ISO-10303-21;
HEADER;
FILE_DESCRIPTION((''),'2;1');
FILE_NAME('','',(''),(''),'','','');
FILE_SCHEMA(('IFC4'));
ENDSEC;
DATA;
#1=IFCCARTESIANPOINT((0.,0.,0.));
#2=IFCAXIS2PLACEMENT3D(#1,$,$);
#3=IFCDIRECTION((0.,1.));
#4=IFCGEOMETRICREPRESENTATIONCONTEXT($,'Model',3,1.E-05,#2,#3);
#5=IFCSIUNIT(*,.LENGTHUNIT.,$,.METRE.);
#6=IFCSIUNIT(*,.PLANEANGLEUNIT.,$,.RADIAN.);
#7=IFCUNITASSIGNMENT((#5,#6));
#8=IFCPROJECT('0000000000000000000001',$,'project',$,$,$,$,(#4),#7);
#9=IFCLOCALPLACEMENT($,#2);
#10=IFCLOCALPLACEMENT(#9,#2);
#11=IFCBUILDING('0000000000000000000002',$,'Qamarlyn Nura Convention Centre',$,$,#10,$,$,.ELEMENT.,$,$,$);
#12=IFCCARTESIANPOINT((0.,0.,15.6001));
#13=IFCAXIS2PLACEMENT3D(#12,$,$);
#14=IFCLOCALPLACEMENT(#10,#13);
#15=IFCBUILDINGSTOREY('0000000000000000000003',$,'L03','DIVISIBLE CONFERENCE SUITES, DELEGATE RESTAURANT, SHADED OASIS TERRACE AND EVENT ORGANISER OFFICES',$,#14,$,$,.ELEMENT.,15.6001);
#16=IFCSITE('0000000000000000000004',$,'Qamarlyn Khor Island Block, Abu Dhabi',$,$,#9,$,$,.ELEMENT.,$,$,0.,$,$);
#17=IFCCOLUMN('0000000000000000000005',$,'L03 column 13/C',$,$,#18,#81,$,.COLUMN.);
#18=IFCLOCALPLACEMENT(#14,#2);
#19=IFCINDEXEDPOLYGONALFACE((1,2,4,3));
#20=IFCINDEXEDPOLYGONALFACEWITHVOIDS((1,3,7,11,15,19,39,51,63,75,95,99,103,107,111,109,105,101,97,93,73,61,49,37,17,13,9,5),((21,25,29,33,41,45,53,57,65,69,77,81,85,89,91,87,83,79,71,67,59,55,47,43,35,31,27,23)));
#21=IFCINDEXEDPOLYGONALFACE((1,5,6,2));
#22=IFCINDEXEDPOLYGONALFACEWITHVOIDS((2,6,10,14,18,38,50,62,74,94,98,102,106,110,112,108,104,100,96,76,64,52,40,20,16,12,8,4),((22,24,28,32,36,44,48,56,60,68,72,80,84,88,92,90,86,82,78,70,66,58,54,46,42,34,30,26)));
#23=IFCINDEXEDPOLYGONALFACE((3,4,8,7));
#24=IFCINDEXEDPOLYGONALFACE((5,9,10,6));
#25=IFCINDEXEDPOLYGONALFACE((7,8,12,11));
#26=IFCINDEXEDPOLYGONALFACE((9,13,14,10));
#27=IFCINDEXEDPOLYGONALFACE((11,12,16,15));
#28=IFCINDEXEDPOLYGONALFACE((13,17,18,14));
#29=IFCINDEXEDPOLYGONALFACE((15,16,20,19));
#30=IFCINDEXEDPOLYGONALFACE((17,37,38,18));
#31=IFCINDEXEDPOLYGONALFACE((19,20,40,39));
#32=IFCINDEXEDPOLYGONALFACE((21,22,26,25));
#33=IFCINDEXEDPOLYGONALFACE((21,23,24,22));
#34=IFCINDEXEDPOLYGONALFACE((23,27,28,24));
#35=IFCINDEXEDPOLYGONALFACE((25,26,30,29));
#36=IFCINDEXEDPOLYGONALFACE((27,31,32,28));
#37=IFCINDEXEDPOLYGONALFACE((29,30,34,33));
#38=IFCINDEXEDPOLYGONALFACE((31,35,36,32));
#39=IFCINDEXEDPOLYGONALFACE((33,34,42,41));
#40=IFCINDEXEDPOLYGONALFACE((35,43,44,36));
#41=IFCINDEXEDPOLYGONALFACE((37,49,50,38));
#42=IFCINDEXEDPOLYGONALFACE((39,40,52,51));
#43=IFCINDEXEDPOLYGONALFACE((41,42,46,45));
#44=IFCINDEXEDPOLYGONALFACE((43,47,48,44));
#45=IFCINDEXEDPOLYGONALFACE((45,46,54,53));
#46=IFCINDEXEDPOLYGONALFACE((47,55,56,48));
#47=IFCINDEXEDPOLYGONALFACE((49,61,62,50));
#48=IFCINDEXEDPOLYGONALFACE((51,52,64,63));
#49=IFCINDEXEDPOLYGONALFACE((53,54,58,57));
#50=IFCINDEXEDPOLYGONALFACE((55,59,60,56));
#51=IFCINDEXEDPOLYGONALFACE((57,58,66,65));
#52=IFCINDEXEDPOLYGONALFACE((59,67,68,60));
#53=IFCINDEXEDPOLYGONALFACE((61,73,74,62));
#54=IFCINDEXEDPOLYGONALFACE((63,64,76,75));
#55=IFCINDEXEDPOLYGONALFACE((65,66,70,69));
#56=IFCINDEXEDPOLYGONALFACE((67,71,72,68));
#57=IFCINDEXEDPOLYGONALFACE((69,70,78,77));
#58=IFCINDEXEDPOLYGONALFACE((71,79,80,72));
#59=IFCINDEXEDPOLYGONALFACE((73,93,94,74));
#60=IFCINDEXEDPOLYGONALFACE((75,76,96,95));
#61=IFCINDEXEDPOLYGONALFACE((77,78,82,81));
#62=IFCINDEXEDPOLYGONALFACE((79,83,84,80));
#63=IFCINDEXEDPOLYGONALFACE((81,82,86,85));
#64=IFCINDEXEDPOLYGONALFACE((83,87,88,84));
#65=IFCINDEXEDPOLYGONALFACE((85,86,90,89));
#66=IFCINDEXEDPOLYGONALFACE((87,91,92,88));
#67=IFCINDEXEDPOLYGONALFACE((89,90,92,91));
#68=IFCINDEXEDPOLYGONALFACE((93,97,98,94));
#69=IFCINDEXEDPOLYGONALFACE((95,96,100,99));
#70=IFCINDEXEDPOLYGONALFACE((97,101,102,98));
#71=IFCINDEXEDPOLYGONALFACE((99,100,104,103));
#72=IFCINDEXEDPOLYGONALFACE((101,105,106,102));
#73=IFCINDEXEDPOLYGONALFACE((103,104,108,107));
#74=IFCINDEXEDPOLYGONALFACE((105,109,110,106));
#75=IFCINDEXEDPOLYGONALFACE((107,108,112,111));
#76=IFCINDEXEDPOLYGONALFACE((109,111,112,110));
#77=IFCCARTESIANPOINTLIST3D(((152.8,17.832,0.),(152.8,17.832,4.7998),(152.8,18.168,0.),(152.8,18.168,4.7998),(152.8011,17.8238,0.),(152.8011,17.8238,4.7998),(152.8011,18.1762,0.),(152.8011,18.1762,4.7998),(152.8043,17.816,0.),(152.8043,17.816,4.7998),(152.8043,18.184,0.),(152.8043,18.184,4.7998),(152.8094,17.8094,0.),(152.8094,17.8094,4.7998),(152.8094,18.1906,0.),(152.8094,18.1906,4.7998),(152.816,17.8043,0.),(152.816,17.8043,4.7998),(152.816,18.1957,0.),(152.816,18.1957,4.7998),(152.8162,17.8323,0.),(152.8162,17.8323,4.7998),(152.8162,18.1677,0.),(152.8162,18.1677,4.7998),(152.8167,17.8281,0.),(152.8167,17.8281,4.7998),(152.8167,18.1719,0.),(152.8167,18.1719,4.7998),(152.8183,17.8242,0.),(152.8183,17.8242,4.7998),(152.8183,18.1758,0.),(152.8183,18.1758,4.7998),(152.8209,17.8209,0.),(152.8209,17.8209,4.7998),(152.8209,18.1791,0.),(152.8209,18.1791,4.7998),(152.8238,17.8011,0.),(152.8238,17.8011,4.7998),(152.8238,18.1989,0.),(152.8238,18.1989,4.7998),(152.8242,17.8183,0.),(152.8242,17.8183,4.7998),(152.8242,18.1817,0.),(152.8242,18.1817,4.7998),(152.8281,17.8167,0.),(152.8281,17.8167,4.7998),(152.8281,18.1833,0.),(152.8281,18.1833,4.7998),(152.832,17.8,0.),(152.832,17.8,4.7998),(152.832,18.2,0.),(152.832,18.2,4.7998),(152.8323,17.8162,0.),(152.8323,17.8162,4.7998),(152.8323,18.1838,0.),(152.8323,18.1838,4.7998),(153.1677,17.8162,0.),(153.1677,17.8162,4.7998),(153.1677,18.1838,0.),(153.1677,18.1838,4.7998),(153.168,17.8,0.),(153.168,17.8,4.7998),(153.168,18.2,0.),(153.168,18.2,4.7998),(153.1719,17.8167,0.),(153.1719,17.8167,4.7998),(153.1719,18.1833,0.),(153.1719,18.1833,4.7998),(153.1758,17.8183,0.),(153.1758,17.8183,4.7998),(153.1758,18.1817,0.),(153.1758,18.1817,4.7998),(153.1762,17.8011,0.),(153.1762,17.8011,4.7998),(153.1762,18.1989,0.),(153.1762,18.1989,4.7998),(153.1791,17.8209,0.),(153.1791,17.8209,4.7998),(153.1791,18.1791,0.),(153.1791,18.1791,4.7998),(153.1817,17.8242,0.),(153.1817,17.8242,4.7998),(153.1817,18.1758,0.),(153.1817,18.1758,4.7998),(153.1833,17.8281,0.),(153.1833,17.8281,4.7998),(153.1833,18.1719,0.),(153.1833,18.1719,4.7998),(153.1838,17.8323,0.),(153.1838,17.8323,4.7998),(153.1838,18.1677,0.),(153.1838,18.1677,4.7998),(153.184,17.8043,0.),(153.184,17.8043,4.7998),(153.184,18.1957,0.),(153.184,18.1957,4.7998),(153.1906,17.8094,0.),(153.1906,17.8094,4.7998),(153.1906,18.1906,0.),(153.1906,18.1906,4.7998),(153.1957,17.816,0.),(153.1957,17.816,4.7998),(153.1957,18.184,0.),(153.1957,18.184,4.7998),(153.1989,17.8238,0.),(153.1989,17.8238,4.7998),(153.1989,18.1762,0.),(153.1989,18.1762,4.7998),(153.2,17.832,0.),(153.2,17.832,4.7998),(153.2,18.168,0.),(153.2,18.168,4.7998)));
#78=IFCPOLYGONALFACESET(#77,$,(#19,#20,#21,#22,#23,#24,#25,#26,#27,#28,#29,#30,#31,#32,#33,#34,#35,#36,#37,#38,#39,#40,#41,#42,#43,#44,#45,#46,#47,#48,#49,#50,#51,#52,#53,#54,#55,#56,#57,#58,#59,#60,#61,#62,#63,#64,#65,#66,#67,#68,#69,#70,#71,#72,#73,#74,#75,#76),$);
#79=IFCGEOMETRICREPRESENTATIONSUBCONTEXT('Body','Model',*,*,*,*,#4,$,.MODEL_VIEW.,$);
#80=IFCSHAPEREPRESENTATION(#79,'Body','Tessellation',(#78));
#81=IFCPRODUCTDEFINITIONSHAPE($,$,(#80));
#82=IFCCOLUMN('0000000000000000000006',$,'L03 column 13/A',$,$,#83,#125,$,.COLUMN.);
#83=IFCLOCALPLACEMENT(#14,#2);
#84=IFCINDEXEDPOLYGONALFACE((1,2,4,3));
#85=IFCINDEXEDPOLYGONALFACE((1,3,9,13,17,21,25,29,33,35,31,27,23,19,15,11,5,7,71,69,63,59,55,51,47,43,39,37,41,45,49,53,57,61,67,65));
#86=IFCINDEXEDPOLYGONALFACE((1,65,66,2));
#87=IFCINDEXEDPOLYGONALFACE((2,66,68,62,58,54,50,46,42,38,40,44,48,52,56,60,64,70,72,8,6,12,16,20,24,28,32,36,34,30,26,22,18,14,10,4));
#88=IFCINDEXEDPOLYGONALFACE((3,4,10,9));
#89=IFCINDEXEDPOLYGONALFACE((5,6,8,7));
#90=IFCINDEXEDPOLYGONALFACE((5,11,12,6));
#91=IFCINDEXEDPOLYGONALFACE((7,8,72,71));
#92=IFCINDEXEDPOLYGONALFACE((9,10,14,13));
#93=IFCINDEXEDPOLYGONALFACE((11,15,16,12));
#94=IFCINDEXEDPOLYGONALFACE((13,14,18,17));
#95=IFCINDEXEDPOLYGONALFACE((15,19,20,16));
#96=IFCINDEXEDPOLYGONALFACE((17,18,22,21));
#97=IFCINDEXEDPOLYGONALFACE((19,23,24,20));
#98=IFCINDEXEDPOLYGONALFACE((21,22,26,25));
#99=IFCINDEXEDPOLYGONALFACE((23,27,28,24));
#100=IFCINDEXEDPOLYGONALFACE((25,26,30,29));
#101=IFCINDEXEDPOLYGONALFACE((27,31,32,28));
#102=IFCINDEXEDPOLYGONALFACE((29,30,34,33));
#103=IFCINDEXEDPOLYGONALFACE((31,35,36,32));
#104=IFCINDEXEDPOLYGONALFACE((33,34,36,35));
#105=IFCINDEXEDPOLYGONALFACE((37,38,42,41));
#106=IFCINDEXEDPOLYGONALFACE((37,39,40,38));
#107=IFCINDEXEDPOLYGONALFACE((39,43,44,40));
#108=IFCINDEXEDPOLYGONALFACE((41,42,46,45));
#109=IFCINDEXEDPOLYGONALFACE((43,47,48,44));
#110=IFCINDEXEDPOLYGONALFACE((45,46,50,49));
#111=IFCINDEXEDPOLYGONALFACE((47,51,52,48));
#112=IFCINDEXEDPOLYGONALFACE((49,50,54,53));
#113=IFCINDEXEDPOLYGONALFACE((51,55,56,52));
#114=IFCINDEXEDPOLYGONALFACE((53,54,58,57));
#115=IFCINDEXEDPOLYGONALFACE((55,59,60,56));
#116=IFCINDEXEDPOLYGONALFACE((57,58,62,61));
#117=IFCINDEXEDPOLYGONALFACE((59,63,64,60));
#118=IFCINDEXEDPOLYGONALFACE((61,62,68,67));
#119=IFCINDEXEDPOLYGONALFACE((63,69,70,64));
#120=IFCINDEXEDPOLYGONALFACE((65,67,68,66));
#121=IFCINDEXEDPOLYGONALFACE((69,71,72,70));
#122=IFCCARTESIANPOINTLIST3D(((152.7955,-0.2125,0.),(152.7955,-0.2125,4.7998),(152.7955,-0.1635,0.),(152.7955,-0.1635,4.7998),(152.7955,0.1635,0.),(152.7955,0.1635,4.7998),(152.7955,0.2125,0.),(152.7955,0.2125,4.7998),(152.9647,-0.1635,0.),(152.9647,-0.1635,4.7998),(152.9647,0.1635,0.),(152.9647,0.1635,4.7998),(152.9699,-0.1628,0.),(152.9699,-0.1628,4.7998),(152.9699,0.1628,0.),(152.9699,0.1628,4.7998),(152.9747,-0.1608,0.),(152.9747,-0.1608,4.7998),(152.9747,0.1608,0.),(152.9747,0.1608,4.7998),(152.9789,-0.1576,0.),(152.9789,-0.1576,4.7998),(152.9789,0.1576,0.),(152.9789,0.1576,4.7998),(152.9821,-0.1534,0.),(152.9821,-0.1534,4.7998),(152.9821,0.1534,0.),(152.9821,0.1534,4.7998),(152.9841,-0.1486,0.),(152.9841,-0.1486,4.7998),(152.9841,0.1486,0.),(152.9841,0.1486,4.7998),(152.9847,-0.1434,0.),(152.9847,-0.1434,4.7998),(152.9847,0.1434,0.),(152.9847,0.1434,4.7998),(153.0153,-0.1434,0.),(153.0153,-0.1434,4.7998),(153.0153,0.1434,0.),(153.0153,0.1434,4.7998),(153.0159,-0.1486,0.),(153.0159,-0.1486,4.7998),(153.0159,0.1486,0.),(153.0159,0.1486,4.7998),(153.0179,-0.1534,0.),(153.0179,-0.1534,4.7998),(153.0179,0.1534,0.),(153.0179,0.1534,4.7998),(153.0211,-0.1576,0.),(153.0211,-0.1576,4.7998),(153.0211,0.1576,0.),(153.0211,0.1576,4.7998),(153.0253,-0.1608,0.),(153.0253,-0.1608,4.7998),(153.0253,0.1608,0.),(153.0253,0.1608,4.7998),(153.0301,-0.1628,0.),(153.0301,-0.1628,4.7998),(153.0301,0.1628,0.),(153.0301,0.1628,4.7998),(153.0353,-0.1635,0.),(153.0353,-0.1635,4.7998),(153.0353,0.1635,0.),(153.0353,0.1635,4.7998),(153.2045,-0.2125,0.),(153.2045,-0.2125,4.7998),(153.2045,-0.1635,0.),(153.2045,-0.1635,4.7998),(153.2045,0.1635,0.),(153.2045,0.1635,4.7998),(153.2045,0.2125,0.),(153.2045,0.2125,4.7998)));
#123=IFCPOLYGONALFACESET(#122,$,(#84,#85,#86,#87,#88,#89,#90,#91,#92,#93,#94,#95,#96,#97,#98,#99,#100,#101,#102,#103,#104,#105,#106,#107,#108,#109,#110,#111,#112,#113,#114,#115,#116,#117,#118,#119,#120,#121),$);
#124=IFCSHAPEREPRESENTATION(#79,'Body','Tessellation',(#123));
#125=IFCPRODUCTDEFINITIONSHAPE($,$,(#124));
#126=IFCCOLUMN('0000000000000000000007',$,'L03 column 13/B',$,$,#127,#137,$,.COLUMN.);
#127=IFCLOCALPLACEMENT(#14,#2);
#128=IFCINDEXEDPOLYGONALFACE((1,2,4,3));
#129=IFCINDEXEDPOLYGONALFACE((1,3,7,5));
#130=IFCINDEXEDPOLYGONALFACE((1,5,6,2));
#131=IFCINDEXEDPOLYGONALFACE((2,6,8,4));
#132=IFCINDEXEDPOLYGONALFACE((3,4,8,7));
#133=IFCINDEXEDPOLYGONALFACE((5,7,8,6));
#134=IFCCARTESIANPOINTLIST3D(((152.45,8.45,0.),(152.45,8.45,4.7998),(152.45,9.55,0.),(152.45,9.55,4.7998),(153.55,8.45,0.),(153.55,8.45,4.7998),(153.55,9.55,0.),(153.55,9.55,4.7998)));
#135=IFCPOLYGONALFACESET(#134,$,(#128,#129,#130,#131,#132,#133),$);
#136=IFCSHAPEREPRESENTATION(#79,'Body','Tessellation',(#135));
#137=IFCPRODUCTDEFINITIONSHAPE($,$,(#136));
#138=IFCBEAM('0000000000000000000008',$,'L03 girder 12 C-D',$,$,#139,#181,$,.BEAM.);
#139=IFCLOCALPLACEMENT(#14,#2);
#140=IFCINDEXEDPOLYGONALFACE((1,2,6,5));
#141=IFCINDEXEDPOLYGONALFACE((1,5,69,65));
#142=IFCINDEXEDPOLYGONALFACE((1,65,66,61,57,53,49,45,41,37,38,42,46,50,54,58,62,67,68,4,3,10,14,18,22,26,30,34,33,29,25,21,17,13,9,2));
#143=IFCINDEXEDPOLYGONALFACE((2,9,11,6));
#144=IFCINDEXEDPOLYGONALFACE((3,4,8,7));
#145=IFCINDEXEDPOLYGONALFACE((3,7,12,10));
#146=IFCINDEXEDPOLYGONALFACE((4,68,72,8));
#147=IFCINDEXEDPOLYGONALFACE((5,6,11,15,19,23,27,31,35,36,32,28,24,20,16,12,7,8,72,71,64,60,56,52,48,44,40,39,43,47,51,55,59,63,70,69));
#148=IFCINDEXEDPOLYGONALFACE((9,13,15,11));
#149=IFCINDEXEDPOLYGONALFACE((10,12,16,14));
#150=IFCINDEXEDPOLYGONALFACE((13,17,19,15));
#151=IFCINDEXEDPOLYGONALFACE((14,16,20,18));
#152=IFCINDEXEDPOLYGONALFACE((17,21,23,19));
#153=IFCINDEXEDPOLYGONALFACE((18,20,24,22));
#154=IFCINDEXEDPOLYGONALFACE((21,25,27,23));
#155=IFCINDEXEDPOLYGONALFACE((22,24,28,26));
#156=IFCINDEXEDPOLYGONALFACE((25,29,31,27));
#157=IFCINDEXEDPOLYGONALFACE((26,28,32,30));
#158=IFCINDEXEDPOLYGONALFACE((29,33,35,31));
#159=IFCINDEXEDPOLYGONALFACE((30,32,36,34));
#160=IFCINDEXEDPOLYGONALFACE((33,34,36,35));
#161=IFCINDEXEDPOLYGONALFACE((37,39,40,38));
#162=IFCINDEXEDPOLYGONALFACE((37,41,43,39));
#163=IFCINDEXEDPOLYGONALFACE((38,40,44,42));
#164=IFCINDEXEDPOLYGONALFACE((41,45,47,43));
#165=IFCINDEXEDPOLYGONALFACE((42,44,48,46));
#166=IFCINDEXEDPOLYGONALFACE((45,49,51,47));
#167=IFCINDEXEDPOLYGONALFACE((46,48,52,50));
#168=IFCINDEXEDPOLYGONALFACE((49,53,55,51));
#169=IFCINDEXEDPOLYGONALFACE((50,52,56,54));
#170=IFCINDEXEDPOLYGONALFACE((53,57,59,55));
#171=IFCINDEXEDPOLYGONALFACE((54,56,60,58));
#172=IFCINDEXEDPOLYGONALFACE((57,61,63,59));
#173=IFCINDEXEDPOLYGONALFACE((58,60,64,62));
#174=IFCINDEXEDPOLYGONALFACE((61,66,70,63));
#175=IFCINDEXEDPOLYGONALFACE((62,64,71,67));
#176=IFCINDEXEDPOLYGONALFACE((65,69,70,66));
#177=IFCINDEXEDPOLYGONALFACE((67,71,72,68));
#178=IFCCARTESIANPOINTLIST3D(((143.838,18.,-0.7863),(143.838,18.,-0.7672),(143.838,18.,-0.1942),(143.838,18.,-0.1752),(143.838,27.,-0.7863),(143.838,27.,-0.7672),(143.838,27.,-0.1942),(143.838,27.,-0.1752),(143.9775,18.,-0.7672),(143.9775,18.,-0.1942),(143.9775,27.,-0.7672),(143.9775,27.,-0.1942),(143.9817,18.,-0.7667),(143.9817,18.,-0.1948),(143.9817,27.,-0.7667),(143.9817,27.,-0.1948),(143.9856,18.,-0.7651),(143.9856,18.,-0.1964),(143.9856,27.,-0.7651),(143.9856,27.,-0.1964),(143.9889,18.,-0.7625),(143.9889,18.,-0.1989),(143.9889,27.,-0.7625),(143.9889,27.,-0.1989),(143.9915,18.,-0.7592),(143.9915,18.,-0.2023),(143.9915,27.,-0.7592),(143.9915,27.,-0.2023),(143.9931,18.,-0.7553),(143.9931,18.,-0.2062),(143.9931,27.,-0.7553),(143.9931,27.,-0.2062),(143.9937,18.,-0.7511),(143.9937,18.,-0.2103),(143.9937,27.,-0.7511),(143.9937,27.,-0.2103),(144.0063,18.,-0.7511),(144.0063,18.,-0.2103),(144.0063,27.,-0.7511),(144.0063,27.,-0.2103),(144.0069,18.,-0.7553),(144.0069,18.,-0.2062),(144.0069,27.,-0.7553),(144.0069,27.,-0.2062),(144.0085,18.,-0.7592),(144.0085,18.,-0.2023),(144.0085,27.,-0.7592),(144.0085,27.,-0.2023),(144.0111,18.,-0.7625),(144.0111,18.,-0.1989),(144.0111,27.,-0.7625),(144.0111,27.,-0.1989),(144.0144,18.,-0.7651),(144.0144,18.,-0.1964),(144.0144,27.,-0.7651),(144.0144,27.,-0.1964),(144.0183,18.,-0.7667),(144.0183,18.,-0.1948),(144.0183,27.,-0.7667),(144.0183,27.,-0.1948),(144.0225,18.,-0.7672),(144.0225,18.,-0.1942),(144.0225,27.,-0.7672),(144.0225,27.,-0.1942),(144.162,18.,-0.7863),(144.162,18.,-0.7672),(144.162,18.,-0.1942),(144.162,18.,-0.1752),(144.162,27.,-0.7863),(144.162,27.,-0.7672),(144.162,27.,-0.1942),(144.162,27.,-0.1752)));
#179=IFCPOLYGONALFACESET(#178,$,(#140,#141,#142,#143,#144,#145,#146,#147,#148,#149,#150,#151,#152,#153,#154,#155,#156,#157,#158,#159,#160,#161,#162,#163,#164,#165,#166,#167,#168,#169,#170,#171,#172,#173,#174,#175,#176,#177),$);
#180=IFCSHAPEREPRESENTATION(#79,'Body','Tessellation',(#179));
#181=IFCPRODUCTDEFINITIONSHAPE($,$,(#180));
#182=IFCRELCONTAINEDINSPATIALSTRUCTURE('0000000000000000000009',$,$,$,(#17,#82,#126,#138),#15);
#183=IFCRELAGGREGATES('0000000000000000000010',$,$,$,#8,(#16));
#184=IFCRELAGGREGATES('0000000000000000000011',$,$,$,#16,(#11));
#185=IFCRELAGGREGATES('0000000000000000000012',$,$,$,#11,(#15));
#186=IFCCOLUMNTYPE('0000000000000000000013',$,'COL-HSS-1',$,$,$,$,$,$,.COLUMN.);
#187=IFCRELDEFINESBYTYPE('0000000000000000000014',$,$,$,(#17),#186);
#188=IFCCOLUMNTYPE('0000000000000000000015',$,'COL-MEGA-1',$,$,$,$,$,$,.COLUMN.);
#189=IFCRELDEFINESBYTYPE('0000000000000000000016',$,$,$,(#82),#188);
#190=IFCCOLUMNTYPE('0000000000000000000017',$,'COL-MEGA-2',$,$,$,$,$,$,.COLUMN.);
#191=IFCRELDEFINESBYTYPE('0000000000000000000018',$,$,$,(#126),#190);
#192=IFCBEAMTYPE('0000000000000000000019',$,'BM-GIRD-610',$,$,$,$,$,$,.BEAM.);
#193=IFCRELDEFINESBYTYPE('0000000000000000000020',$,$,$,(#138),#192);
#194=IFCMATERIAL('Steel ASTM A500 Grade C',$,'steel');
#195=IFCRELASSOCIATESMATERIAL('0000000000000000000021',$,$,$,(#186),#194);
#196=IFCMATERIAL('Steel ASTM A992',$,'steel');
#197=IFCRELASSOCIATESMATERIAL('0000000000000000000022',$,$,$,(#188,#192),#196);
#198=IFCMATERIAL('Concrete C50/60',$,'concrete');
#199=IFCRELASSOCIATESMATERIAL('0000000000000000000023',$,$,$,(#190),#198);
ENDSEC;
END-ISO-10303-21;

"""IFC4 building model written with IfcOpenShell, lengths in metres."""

from ifc_helpers import new_model, si_unit, direction, frame, origin, origin_2d, place, context, subcontext, project, spatial, rectangle, hollow_rectangle, i_section, extrude, material, material_profile, profile_set, type_object, element, save


model = new_model("IFC4")

# Units and contexts
model_context = context("Model", 3, precision=1e-05, world=origin(), true_north=direction((0.0, 1.0)))
body_context = subcontext(model_context, "Body", "Model", "MODEL_VIEW")
ifc_project = project(units=[si_unit("LENGTHUNIT", "METRE"), si_unit("PLANEANGLEUNIT", "RADIAN")], contexts=[model_context])

# Site, building, storey
site_placement = place(None, origin())
site = spatial("IfcSite", under=ifc_project, at=site_placement, Name="Qamarlyn Khor Island Block, Abu Dhabi", CompositionType="ELEMENT", RefElevation=0.0)
building_placement = place(site_placement, origin())
building = spatial("IfcBuilding", under=site, at=building_placement, Name="Qamarlyn Nura Convention Centre", CompositionType="ELEMENT")
storey_placement = place(building_placement, frame((0.0, 0.0, 15.6001)))
storey = spatial("IfcBuildingStorey", under=building, at=storey_placement, Name="L03", Description="DIVISIBLE CONFERENCE SUITES, DELEGATE RESTAURANT, SHADED OASIS TERRACE AND EVENT ORGANISER OFFICES", CompositionType="ELEMENT", Elevation=15.6001)

# Columns
ifc_material_1 = material(Name="Steel ASTM A500 Grade C", Category="steel")
ifc_material_profile_1 = material_profile(ifc_material_1, hollow_rectangle(XDim=0.3999, YDim=0.3999, WallThickness=0.0161, InnerFilletRadius=0.0161, OuterFilletRadius=0.032, at=origin_2d()), Name="HSS400X400X16")
ifc_profile_set_1 = profile_set([ifc_material_profile_1], Name="Steel ASTM A500 Grade C")
column_type_1 = type_object("IfcColumnType", Name="COL-HSS-1", PredefinedType="COLUMN", material=ifc_profile_set_1)
column_1_placement = place(storey_placement, frame((153.0, 18.0, 0.0), z_axis=(0.0, 0.0, 1.0), x_axis=(1.0, 0.0, 0.0)))
element("IfcColumn", 1, at=column_1_placement, inside=storey, type_object=column_type_1, Name="L03 column 13/C", PredefinedType="COLUMN", context=body_context, shape_type="SweptSolid", body=[
    extrude(hollow_rectangle(XDim=0.3999, YDim=0.3999, WallThickness=0.0161, InnerFilletRadius=0.0161, OuterFilletRadius=0.032, at=origin_2d()), origin(), (0.0, 0.0, 1.0), 4.7998),
])
ifc_material_2 = material(Name="Steel ASTM A992", Category="steel")
ifc_material_profile_2 = material_profile(ifc_material_2, i_section(OverallWidth=0.4089, OverallDepth=0.425, WebThickness=0.0305, FlangeThickness=0.0491, FilletRadius=0.02, at=origin_2d()), Name="W360X421")
ifc_profile_set_2 = profile_set([ifc_material_profile_2], Name="Steel ASTM A992")
column_type_2 = type_object("IfcColumnType", Name="COL-MEGA-1", PredefinedType="COLUMN", material=ifc_profile_set_2)
column_2_placement = place(storey_placement, frame((153.0, 0.0, 0.0), z_axis=(0.0, 0.0, 1.0), x_axis=(1.0, 0.0, 0.0)))
element("IfcColumn", 2, at=column_2_placement, inside=storey, type_object=column_type_2, Name="L03 column 13/A", PredefinedType="COLUMN", context=body_context, shape_type="SweptSolid", body=[
    extrude(i_section(OverallWidth=0.4089, OverallDepth=0.425, WebThickness=0.0305, FlangeThickness=0.0491, FilletRadius=0.02, at=origin_2d()), origin(), (0.0, 0.0, 1.0), 4.7998),
])
ifc_material_3 = material(Name="Concrete C50/60", Category="concrete")
ifc_material_profile_3 = material_profile(ifc_material_3, rectangle(XDim=1.1001, YDim=1.1001, at=origin_2d()), Name="RC 1100x1100")
ifc_profile_set_3 = profile_set([ifc_material_profile_3], Name="Concrete C50/60")
column_type_3 = type_object("IfcColumnType", Name="COL-MEGA-2", PredefinedType="COLUMN", material=ifc_profile_set_3)
column_3_placement = place(storey_placement, frame((153.0, 9.0, 0.0), z_axis=(0.0, 0.0, 1.0), x_axis=(1.0, 0.0, 0.0)))
element("IfcColumn", 3, at=column_3_placement, inside=storey, type_object=column_type_3, Name="L03 column 13/B", PredefinedType="COLUMN", context=body_context, shape_type="SweptSolid", body=[
    extrude(rectangle(XDim=1.1001, YDim=1.1001, at=origin_2d()), origin(), (0.0, 0.0, 1.0), 4.7998),
])

# Beam
ifc_material_profile_4 = material_profile(ifc_material_2, i_section(OverallWidth=0.324, OverallDepth=0.6111, WebThickness=0.0127, FlangeThickness=0.019, FilletRadius=0.0161, at=origin_2d()), Name="W610X155")
ifc_profile_set_4 = profile_set([ifc_material_profile_4], Name="Steel ASTM A992")
beam_type_1 = type_object("IfcBeamType", Name="BM-GIRD-610", PredefinedType="BEAM", material=ifc_profile_set_4)
beam_1_placement = place(storey_placement, frame((144.0, 18.0, -0.4807), z_axis=(0.0, 1.0, 0.0), x_axis=(-1.0, 0.0, 0.0)))
element("IfcBeam", 4, at=beam_1_placement, inside=storey, type_object=beam_type_1, Name="L03 girder 12 C-D", PredefinedType="BEAM", context=body_context, shape_type="SweptSolid", body=[
    extrude(i_section(OverallWidth=0.324, OverallDepth=0.6111, WebThickness=0.0127, FlangeThickness=0.019, FilletRadius=0.0161, at=origin_2d()), origin(), (0.0, 0.0, 1.0), 9.0),
])

save(model, "model.ifc")
